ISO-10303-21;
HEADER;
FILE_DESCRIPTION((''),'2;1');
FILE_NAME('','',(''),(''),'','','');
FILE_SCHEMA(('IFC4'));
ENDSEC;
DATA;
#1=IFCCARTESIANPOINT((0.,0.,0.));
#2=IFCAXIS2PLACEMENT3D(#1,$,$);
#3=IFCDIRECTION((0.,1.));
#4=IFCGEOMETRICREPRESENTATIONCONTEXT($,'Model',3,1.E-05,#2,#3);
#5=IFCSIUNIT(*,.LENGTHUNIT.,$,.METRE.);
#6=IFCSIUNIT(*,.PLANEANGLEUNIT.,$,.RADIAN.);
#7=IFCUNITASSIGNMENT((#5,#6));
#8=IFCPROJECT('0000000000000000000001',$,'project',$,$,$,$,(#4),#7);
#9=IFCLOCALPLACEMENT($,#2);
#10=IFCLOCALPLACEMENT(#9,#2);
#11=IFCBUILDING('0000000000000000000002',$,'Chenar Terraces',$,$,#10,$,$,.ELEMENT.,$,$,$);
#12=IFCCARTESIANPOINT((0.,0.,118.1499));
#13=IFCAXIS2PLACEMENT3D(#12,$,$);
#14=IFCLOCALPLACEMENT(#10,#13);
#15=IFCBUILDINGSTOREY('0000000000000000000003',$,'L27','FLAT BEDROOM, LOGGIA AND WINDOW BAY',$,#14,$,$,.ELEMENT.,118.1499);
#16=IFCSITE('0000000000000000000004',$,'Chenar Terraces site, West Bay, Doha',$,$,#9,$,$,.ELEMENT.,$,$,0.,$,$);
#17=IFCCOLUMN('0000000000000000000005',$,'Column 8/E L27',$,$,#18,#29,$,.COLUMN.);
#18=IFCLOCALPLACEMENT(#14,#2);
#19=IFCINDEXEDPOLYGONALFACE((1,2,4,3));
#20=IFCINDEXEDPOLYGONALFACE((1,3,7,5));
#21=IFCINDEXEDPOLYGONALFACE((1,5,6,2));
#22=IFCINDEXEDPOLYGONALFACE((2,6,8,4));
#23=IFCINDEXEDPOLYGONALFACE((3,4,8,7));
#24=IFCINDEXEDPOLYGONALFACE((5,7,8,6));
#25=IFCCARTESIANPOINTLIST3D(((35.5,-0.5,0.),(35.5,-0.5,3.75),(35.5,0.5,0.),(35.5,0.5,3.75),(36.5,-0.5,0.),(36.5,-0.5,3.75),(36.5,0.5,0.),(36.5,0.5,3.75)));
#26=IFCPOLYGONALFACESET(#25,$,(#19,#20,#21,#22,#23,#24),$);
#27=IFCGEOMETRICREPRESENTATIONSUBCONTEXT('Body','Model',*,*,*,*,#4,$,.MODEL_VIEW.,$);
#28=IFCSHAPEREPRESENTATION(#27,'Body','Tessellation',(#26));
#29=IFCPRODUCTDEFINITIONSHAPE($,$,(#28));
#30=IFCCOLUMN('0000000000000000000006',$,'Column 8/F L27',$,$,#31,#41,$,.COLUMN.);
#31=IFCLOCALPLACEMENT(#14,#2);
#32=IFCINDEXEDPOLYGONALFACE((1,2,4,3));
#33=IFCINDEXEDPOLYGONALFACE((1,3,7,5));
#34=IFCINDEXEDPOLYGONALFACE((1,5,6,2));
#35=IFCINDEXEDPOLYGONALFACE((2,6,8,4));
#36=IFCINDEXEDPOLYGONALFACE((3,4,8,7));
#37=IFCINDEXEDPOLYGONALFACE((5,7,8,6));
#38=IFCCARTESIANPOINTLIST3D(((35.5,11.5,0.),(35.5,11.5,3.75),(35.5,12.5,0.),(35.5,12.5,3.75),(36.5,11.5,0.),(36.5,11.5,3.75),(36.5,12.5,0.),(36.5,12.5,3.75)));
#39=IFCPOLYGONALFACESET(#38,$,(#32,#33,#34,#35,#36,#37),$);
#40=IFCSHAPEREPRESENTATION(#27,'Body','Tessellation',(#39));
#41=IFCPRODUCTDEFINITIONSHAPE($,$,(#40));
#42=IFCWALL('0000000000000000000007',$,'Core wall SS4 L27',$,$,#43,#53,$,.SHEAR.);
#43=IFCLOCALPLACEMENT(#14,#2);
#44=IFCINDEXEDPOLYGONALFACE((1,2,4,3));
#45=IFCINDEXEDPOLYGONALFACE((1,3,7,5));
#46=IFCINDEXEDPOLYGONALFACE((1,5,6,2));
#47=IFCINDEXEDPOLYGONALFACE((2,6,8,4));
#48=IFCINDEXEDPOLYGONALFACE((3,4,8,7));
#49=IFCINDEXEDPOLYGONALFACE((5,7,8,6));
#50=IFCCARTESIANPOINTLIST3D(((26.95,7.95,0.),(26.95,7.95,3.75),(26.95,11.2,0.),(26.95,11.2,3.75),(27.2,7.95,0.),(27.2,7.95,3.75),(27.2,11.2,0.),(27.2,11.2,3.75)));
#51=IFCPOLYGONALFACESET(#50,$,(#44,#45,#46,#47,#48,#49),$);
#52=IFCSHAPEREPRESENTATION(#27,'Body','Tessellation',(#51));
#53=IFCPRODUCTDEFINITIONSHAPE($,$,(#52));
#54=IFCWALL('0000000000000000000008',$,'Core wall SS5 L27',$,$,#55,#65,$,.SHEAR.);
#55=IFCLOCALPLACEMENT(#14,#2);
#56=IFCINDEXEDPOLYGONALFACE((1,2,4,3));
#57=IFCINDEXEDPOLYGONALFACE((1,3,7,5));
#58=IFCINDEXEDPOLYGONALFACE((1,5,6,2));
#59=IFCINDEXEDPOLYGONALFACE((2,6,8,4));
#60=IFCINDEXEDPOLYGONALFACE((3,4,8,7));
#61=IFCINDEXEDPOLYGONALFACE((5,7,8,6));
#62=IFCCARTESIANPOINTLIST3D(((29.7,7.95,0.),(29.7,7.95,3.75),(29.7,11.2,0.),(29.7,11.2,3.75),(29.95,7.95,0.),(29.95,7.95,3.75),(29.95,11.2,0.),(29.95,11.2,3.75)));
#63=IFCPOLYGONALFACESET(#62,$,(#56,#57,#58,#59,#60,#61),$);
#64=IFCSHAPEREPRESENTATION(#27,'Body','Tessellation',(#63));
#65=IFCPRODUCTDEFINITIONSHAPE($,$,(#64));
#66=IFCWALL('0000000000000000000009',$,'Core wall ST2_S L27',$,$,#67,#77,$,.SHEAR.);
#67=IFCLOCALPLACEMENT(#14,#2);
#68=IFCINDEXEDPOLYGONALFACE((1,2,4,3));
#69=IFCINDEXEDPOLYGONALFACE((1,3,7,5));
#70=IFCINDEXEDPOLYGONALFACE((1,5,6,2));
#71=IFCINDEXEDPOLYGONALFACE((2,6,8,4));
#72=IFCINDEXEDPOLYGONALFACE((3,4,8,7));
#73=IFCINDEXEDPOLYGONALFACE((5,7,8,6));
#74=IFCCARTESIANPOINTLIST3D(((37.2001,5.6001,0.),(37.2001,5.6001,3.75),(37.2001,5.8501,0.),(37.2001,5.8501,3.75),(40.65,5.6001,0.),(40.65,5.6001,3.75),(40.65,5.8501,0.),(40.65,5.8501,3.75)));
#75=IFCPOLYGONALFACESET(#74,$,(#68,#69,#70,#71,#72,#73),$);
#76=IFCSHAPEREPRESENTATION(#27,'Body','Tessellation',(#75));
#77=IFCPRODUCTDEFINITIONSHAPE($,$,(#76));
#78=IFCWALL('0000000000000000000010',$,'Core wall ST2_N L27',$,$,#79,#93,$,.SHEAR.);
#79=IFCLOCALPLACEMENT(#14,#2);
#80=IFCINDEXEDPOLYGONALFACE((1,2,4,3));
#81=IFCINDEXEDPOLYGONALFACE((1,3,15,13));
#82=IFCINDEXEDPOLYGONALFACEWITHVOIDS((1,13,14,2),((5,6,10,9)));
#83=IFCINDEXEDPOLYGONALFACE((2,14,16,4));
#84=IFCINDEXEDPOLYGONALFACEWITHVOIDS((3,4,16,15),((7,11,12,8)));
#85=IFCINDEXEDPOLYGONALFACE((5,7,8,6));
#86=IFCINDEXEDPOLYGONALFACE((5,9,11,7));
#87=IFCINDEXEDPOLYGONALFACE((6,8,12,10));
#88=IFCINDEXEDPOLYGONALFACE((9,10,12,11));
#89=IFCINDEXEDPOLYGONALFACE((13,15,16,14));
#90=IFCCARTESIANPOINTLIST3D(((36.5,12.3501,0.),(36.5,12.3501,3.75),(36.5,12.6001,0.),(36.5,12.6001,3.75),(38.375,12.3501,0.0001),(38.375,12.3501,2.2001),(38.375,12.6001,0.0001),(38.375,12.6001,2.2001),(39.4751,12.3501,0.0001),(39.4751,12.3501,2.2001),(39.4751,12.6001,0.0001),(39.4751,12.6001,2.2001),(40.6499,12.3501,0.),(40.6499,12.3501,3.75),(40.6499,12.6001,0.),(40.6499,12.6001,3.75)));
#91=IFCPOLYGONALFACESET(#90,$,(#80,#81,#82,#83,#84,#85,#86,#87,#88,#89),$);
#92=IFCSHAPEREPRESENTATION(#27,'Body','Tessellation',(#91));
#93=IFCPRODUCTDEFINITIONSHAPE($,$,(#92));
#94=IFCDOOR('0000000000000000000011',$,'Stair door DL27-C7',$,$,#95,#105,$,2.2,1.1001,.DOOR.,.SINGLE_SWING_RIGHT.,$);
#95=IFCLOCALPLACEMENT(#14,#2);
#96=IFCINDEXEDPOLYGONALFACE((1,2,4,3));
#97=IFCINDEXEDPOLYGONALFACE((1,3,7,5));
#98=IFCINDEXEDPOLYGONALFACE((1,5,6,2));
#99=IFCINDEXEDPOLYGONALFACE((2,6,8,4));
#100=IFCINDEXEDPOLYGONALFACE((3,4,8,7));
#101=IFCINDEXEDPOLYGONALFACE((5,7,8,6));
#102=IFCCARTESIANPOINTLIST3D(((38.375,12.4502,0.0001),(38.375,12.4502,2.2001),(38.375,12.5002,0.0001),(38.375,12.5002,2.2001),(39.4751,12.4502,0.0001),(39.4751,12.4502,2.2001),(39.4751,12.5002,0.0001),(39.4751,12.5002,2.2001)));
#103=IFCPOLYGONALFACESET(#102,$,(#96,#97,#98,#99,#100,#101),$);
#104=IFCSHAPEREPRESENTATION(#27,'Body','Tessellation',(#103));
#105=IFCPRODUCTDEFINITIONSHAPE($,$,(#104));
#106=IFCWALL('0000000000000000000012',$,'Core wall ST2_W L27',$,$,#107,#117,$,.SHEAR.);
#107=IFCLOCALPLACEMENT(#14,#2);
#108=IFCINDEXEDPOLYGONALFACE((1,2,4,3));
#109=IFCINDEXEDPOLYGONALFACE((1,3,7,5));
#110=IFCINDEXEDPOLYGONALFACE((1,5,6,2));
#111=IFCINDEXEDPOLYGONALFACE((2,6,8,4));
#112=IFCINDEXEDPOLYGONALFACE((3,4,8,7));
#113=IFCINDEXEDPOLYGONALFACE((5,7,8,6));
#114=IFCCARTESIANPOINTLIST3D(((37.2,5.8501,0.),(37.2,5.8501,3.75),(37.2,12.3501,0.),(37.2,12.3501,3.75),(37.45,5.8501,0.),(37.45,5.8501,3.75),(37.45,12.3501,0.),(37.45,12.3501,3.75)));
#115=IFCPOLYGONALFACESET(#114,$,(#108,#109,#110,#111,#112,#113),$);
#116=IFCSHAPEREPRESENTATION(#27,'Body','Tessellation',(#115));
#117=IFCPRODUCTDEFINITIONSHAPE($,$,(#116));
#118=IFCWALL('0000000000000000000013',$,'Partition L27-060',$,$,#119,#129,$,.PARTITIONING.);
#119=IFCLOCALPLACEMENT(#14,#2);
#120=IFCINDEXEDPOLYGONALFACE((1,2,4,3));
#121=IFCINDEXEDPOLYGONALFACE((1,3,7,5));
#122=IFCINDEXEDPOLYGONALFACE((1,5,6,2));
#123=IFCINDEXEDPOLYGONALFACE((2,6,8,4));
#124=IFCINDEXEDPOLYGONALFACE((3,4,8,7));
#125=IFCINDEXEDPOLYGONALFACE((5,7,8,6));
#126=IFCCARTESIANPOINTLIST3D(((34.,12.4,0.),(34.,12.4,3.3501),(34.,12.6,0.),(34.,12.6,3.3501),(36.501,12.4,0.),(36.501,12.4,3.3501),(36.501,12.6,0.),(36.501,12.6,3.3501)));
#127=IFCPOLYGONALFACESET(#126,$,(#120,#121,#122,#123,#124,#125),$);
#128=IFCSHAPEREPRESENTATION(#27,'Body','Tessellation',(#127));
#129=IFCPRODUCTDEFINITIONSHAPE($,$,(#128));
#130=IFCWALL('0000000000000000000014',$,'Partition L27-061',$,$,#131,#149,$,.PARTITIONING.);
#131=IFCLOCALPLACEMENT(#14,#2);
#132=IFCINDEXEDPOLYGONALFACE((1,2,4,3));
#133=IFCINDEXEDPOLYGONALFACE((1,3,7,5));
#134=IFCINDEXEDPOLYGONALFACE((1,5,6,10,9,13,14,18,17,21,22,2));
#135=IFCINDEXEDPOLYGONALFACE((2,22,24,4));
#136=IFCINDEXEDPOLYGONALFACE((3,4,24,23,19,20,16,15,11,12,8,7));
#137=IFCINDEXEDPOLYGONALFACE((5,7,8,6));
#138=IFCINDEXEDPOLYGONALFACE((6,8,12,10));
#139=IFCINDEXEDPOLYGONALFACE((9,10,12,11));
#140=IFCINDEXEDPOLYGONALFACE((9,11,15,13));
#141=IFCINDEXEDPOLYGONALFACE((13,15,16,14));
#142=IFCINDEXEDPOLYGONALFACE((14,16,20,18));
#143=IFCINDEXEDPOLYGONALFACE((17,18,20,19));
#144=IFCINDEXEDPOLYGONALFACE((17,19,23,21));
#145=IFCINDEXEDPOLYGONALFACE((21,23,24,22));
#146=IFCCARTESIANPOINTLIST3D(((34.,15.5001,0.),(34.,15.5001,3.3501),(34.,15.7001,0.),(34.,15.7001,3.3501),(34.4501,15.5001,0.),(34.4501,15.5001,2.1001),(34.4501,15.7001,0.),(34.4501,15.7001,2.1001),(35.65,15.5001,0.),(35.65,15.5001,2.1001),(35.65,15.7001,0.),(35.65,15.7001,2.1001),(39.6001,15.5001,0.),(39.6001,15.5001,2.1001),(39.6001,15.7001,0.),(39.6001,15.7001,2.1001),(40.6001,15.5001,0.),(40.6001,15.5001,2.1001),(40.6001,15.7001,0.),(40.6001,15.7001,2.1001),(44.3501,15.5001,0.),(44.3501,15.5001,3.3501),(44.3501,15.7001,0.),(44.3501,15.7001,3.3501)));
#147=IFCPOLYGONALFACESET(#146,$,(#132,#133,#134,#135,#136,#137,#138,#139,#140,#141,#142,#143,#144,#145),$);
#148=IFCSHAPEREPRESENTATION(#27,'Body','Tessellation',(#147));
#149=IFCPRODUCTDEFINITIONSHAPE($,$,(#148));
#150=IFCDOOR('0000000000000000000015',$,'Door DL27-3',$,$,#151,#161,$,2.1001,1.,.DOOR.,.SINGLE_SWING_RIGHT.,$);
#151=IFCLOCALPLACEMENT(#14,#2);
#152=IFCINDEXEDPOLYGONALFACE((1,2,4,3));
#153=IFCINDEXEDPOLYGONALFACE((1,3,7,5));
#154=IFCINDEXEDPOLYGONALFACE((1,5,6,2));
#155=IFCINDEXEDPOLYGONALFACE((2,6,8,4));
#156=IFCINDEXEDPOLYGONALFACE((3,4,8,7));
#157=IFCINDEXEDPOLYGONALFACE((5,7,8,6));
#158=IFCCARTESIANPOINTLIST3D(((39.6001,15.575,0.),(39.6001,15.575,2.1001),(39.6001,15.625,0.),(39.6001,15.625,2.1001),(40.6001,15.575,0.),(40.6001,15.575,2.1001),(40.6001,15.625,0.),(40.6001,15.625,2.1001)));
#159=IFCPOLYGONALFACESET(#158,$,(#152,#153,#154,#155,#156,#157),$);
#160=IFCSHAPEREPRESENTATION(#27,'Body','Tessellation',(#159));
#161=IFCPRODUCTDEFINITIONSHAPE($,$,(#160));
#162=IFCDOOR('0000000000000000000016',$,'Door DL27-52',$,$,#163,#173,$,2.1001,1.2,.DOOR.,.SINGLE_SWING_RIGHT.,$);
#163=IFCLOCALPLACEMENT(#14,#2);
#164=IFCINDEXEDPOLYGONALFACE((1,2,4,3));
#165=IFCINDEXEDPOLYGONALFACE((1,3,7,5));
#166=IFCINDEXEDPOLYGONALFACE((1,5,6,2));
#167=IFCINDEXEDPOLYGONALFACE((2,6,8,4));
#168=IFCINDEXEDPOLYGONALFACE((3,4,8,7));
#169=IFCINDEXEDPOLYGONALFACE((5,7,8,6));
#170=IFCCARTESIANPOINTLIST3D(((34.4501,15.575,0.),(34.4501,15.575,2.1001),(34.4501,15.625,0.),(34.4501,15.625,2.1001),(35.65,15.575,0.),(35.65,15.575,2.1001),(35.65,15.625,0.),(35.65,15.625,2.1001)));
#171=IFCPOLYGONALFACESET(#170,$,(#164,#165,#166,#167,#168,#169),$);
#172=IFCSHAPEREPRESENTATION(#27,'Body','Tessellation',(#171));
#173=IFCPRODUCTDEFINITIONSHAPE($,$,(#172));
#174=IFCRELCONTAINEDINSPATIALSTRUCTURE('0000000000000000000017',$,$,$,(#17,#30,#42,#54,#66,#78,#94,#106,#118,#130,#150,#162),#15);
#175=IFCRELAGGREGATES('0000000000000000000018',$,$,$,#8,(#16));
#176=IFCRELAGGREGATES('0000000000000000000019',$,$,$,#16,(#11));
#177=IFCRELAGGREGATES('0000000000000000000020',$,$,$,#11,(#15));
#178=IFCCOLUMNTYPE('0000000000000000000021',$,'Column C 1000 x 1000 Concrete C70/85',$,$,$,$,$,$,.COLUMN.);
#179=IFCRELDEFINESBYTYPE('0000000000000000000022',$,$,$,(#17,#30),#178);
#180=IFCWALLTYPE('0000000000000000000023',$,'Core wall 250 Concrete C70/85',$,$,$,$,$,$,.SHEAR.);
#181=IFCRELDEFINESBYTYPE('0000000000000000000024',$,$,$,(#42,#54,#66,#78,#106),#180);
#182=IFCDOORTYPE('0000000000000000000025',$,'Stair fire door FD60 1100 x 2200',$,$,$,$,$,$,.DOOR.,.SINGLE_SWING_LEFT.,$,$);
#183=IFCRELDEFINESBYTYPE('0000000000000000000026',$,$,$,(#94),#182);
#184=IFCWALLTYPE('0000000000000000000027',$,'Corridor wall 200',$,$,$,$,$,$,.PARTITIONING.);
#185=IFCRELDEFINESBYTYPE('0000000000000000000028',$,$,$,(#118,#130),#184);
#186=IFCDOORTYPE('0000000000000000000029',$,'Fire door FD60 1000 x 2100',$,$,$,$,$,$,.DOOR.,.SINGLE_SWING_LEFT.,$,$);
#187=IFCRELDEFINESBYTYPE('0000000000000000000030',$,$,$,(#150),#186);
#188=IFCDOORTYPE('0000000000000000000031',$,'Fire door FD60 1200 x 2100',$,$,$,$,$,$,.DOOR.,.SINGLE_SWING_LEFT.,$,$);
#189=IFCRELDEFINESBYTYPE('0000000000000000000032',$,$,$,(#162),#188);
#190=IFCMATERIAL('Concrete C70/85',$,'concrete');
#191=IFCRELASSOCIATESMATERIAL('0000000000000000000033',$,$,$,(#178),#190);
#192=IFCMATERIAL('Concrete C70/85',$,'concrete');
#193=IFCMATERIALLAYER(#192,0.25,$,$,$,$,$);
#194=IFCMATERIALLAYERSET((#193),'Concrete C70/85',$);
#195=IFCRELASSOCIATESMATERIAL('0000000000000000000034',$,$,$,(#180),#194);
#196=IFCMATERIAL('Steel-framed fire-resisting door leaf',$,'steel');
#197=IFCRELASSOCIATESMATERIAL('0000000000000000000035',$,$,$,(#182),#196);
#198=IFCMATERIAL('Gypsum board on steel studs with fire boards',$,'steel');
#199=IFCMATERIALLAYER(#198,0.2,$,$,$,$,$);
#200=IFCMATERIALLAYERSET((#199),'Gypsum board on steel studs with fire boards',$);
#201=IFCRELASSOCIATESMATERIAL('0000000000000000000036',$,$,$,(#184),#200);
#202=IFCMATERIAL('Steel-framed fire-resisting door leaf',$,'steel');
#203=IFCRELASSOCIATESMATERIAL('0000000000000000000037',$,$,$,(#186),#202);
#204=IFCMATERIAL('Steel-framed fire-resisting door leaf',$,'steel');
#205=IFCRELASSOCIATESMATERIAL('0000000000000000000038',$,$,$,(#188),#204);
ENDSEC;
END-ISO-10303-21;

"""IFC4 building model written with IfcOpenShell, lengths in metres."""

from ifc_helpers import new_model, si_unit, direction, frame, frame_2d, origin, origin_2d, place, context, subcontext, project, spatial, rectangle, extrude, material, layer, layer_set, material_profile, profile_set, type_object, element, fill, save


model = new_model("IFC4")

# Units and contexts
model_context = context("Model", 3, precision=1e-05, world=origin(), true_north=direction((0.0, 1.0)))
body_context = subcontext(model_context, "Body", "Model", "MODEL_VIEW")
ifc_project = project(units=[si_unit("LENGTHUNIT", "METRE"), si_unit("PLANEANGLEUNIT", "RADIAN")], contexts=[model_context])

# Site, building, storey
site_placement = place(None, origin())
site = spatial("IfcSite", under=ifc_project, at=site_placement, Name="Chenar Terraces site, West Bay, Doha", CompositionType="ELEMENT", RefElevation=0.0)
building_placement = place(site_placement, origin())
building = spatial("IfcBuilding", under=site, at=building_placement, Name="Chenar Terraces", CompositionType="ELEMENT")
storey_placement = place(building_placement, frame((0.0, 0.0, 118.1499)))
storey = spatial("IfcBuildingStorey", under=building, at=storey_placement, Name="L27", Description="FLAT BEDROOM, LOGGIA AND WINDOW BAY", CompositionType="ELEMENT", Elevation=118.1499)

# Columns
ifc_material_1 = material(Name="Concrete C70/85", Category="concrete")
ifc_material_profile = material_profile(ifc_material_1, rectangle(XDim=1.0, YDim=1.0, at=origin_2d()), Name="C 1000 x 1000")
ifc_profile_set = profile_set([ifc_material_profile], Name="Concrete C70/85")
column_type = type_object("IfcColumnType", Name="Column C 1000 x 1000 Concrete C70/85", PredefinedType="COLUMN", material=ifc_profile_set)
for number, where, z_axis, x_axis, name in (
    (1, (36.0, 0.0, 0.0), (0.0, 0.0, 1.0), (1.0, 0.0, 0.0), "Column 8/E L27"),
    (2, (36.0, 12.0, 0.0), (0.0, 0.0, 1.0), (1.0, 0.0, 0.0), "Column 8/F L27"),
):
    element("IfcColumn", number, at=place(storey_placement, frame(where, z_axis=z_axis, x_axis=x_axis)), inside=storey, type_object=column_type, Name=name, PredefinedType="COLUMN", context=body_context, shape_type="SweptSolid", body=[
        extrude(rectangle(XDim=1.0, YDim=1.0, at=origin_2d()), origin(), (0.0, 0.0, 1.0), 3.75),
    ])

# Walls
ifc_material_2 = material(Name="Concrete C70/85", Category="concrete")
ifc_layer_1 = layer(ifc_material_2, 0.25)
ifc_layer_set_1 = layer_set([ifc_layer_1], Name="Concrete C70/85")
wall_type_1 = type_object("IfcWallType", Name="Core wall 250 Concrete C70/85", PredefinedType="SHEAR", material=ifc_layer_set_1)
for number, where, z_axis, x_axis, name in (
    (3, (27.075, 7.95, 0.0), (0.0, 0.0, 1.0), (0.0, 1.0, 0.0), "Core wall SS4 L27"),
    (4, (29.825, 7.95, 0.0), (0.0, 0.0, 1.0), (0.0, 1.0, 0.0), "Core wall SS5 L27"),
):
    element("IfcWall", number, at=place(storey_placement, frame(where, z_axis=z_axis, x_axis=x_axis)), inside=storey, type_object=wall_type_1, Name=name, PredefinedType="SHEAR", context=body_context, shape_type="SweptSolid", body=[
        extrude(rectangle(XDim=3.25, YDim=0.25, at=frame_2d((1.625, 0.0))), origin(), (0.0, 0.0, 1.0), 3.75),
    ])
wall_1_placement = place(storey_placement, frame((37.2, 5.7251, 0.0), z_axis=(0.0, 0.0, 1.0), x_axis=(1.0, 0.0, 0.0)))
element("IfcWall", 5, at=wall_1_placement, inside=storey, type_object=wall_type_1, Name="Core wall ST2_S L27", PredefinedType="SHEAR", context=body_context, shape_type="SweptSolid", body=[
    extrude(rectangle(XDim=3.45, YDim=0.25, at=frame_2d((1.7251, 0.0))), origin(), (0.0, 0.0, 1.0), 3.75),
])

# Wall, opening, door
wall_2_placement = place(storey_placement, frame((36.5, 12.4751, 0.0), z_axis=(0.0, 0.0, 1.0), x_axis=(1.0, 0.0, 0.0)))
wall_2 = element("IfcWall", 6, at=wall_2_placement, inside=storey, type_object=wall_type_1, Name="Core wall ST2_N L27", PredefinedType="SHEAR", context=body_context, shape_type="SweptSolid", body=[
    extrude(rectangle(XDim=4.1499, YDim=0.25, at=frame_2d((2.075, 0.0))), origin(), (0.0, 0.0, 1.0), 3.75),
])
opening_1_placement = place(wall_2_placement, frame((1.875, 0.0, 0.0)))
opening_1 = element("IfcOpeningElement", 7, at=opening_1_placement, cuts=wall_2, PredefinedType="OPENING", context=body_context, shape_type="SweptSolid", body=[
    extrude(rectangle(XDim=1.1001, YDim=2.2, at=frame_2d((0.55, 1.1001))), frame((0.0, 0.135, 0.0), z_axis=(0.0, -1.0, 0.0), x_axis=(1.0, 0.0, 0.0)), (0.0, 0.0, 1.0), 0.27),
])
ifc_material_3 = material(Name="Steel-framed fire-resisting door leaf", Category="steel")
door_type_1 = type_object("IfcDoorType", Name="Stair fire door FD60 1100 x 2200", OperationType="SINGLE_SWING_LEFT", PredefinedType="DOOR", material=ifc_material_3)
door_1_placement = place(opening_1_placement, frame((1.1001, 0.0, 0.0), z_axis=(0.0, 0.0, 1.0), x_axis=(-1.0, 0.0, 0.0)))
door_1 = element("IfcDoor", 8, at=door_1_placement, inside=storey, type_object=door_type_1, Name="Stair door DL27-C7", OperationType="SINGLE_SWING_RIGHT", OverallHeight=2.2, OverallWidth=1.1001, PredefinedType="DOOR", context=body_context, shape_type="SweptSolid", body=[
    extrude(rectangle(XDim=1.1001, YDim=2.2, at=frame_2d((0.55, 1.1001))), frame((0.0, 0.0249, 0.0), z_axis=(0.0, -1.0, 0.0), x_axis=(1.0, 0.0, 0.0)), (0.0, 0.0, 1.0), 0.05),
])
fill(opening_1, door_1)

# Wall
wall_3_placement = place(storey_placement, frame((37.325, 5.8501, 0.0), z_axis=(0.0, 0.0, 1.0), x_axis=(0.0, 1.0, 0.0)))
element("IfcWall", 9, at=wall_3_placement, inside=storey, type_object=wall_type_1, Name="Core wall ST2_W L27", PredefinedType="SHEAR", context=body_context, shape_type="SweptSolid", body=[
    extrude(rectangle(XDim=6.5, YDim=0.25, at=frame_2d((3.25, 0.0))), origin(), (0.0, 0.0, 1.0), 3.75),
])

# Wall
ifc_material_4 = material(Name="Gypsum board on steel studs with fire boards", Category="steel")
ifc_layer_2 = layer(ifc_material_4, 0.2)
ifc_layer_set_2 = layer_set([ifc_layer_2], Name="Gypsum board on steel studs with fire boards")
wall_type_2 = type_object("IfcWallType", Name="Corridor wall 200", PredefinedType="PARTITIONING", material=ifc_layer_set_2)
wall_4_placement = place(storey_placement, frame((34.0, 12.5, 0.0), z_axis=(0.0, 0.0, 1.0), x_axis=(1.0, 0.0, 0.0)))
element("IfcWall", 10, at=wall_4_placement, inside=storey, type_object=wall_type_2, Name="Partition L27-060", PredefinedType="PARTITIONING", context=body_context, shape_type="SweptSolid", body=[
    extrude(rectangle(XDim=2.501, YDim=0.2, at=frame_2d((1.2505, 0.0))), origin(), (0.0, 0.0, 1.0), 3.3501),
])

# Wall, openings, doors
wall_5_placement = place(storey_placement, frame((34.0, 15.6001, 0.0), z_axis=(0.0, 0.0, 1.0), x_axis=(1.0, 0.0, 0.0)))
wall_5 = element("IfcWall", 11, at=wall_5_placement, inside=storey, type_object=wall_type_2, Name="Partition L27-061", PredefinedType="PARTITIONING", context=body_context, shape_type="SweptSolid", body=[
    extrude(rectangle(XDim=10.3501, YDim=0.2, at=frame_2d((5.175, 0.0))), origin(), (0.0, 0.0, 1.0), 3.3501),
])
opening_2_placement = place(wall_5_placement, frame((5.6001, 0.0, 0.0)))
opening_2 = element("IfcOpeningElement", 12, at=opening_2_placement, cuts=wall_5, PredefinedType="OPENING", context=body_context, shape_type="SweptSolid", body=[
    extrude(rectangle(XDim=1.0, YDim=2.1001, at=frame_2d((0.5, 1.05))), frame((0.0, 0.1099, 0.0), z_axis=(0.0, -1.0, 0.0), x_axis=(1.0, 0.0, 0.0)), (0.0, 0.0, 1.0), 0.22),
])
opening_3_placement = place(wall_5_placement, frame((0.45, 0.0, 0.0)))
opening_3 = element("IfcOpeningElement", 13, at=opening_3_placement, cuts=wall_5, PredefinedType="OPENING", context=body_context, shape_type="SweptSolid", body=[
    extrude(rectangle(XDim=1.2, YDim=2.1001, at=frame_2d((0.6001, 1.05))), frame((0.0, 0.1099, 0.0), z_axis=(0.0, -1.0, 0.0), x_axis=(1.0, 0.0, 0.0)), (0.0, 0.0, 1.0), 0.22),
])
ifc_material_5 = material(Name="Steel-framed fire-resisting door leaf", Category="steel")
door_type_2 = type_object("IfcDoorType", Name="Fire door FD60 1000 x 2100", OperationType="SINGLE_SWING_LEFT", PredefinedType="DOOR", material=ifc_material_5)
door_2_placement = place(opening_2_placement, origin())
door_2 = element("IfcDoor", 14, at=door_2_placement, inside=storey, type_object=door_type_2, Name="Door DL27-3", OperationType="SINGLE_SWING_RIGHT", OverallHeight=2.1001, OverallWidth=1.0, PredefinedType="DOOR", context=body_context, shape_type="SweptSolid", body=[
    extrude(rectangle(XDim=1.0, YDim=2.1001, at=frame_2d((0.5, 1.05))), frame((0.0, 0.0249, 0.0), z_axis=(0.0, -1.0, 0.0), x_axis=(1.0, 0.0, 0.0)), (0.0, 0.0, 1.0), 0.05),
])
fill(opening_2, door_2)
ifc_material_6 = material(Name="Steel-framed fire-resisting door leaf", Category="steel")
door_type_3 = type_object("IfcDoorType", Name="Fire door FD60 1200 x 2100", OperationType="SINGLE_SWING_LEFT", PredefinedType="DOOR", material=ifc_material_6)
door_3_placement = place(opening_3_placement, origin())
door_3 = element("IfcDoor", 15, at=door_3_placement, inside=storey, type_object=door_type_3, Name="Door DL27-52", OperationType="SINGLE_SWING_RIGHT", OverallHeight=2.1001, OverallWidth=1.2, PredefinedType="DOOR", context=body_context, shape_type="SweptSolid", body=[
    extrude(rectangle(XDim=1.2, YDim=2.1001, at=frame_2d((0.6001, 1.05))), frame((0.0, 0.0249, 0.0), z_axis=(0.0, -1.0, 0.0), x_axis=(1.0, 0.0, 0.0)), (0.0, 0.0, 1.0), 0.05),
])
fill(opening_3, door_3)

save(model, "model.ifc")
